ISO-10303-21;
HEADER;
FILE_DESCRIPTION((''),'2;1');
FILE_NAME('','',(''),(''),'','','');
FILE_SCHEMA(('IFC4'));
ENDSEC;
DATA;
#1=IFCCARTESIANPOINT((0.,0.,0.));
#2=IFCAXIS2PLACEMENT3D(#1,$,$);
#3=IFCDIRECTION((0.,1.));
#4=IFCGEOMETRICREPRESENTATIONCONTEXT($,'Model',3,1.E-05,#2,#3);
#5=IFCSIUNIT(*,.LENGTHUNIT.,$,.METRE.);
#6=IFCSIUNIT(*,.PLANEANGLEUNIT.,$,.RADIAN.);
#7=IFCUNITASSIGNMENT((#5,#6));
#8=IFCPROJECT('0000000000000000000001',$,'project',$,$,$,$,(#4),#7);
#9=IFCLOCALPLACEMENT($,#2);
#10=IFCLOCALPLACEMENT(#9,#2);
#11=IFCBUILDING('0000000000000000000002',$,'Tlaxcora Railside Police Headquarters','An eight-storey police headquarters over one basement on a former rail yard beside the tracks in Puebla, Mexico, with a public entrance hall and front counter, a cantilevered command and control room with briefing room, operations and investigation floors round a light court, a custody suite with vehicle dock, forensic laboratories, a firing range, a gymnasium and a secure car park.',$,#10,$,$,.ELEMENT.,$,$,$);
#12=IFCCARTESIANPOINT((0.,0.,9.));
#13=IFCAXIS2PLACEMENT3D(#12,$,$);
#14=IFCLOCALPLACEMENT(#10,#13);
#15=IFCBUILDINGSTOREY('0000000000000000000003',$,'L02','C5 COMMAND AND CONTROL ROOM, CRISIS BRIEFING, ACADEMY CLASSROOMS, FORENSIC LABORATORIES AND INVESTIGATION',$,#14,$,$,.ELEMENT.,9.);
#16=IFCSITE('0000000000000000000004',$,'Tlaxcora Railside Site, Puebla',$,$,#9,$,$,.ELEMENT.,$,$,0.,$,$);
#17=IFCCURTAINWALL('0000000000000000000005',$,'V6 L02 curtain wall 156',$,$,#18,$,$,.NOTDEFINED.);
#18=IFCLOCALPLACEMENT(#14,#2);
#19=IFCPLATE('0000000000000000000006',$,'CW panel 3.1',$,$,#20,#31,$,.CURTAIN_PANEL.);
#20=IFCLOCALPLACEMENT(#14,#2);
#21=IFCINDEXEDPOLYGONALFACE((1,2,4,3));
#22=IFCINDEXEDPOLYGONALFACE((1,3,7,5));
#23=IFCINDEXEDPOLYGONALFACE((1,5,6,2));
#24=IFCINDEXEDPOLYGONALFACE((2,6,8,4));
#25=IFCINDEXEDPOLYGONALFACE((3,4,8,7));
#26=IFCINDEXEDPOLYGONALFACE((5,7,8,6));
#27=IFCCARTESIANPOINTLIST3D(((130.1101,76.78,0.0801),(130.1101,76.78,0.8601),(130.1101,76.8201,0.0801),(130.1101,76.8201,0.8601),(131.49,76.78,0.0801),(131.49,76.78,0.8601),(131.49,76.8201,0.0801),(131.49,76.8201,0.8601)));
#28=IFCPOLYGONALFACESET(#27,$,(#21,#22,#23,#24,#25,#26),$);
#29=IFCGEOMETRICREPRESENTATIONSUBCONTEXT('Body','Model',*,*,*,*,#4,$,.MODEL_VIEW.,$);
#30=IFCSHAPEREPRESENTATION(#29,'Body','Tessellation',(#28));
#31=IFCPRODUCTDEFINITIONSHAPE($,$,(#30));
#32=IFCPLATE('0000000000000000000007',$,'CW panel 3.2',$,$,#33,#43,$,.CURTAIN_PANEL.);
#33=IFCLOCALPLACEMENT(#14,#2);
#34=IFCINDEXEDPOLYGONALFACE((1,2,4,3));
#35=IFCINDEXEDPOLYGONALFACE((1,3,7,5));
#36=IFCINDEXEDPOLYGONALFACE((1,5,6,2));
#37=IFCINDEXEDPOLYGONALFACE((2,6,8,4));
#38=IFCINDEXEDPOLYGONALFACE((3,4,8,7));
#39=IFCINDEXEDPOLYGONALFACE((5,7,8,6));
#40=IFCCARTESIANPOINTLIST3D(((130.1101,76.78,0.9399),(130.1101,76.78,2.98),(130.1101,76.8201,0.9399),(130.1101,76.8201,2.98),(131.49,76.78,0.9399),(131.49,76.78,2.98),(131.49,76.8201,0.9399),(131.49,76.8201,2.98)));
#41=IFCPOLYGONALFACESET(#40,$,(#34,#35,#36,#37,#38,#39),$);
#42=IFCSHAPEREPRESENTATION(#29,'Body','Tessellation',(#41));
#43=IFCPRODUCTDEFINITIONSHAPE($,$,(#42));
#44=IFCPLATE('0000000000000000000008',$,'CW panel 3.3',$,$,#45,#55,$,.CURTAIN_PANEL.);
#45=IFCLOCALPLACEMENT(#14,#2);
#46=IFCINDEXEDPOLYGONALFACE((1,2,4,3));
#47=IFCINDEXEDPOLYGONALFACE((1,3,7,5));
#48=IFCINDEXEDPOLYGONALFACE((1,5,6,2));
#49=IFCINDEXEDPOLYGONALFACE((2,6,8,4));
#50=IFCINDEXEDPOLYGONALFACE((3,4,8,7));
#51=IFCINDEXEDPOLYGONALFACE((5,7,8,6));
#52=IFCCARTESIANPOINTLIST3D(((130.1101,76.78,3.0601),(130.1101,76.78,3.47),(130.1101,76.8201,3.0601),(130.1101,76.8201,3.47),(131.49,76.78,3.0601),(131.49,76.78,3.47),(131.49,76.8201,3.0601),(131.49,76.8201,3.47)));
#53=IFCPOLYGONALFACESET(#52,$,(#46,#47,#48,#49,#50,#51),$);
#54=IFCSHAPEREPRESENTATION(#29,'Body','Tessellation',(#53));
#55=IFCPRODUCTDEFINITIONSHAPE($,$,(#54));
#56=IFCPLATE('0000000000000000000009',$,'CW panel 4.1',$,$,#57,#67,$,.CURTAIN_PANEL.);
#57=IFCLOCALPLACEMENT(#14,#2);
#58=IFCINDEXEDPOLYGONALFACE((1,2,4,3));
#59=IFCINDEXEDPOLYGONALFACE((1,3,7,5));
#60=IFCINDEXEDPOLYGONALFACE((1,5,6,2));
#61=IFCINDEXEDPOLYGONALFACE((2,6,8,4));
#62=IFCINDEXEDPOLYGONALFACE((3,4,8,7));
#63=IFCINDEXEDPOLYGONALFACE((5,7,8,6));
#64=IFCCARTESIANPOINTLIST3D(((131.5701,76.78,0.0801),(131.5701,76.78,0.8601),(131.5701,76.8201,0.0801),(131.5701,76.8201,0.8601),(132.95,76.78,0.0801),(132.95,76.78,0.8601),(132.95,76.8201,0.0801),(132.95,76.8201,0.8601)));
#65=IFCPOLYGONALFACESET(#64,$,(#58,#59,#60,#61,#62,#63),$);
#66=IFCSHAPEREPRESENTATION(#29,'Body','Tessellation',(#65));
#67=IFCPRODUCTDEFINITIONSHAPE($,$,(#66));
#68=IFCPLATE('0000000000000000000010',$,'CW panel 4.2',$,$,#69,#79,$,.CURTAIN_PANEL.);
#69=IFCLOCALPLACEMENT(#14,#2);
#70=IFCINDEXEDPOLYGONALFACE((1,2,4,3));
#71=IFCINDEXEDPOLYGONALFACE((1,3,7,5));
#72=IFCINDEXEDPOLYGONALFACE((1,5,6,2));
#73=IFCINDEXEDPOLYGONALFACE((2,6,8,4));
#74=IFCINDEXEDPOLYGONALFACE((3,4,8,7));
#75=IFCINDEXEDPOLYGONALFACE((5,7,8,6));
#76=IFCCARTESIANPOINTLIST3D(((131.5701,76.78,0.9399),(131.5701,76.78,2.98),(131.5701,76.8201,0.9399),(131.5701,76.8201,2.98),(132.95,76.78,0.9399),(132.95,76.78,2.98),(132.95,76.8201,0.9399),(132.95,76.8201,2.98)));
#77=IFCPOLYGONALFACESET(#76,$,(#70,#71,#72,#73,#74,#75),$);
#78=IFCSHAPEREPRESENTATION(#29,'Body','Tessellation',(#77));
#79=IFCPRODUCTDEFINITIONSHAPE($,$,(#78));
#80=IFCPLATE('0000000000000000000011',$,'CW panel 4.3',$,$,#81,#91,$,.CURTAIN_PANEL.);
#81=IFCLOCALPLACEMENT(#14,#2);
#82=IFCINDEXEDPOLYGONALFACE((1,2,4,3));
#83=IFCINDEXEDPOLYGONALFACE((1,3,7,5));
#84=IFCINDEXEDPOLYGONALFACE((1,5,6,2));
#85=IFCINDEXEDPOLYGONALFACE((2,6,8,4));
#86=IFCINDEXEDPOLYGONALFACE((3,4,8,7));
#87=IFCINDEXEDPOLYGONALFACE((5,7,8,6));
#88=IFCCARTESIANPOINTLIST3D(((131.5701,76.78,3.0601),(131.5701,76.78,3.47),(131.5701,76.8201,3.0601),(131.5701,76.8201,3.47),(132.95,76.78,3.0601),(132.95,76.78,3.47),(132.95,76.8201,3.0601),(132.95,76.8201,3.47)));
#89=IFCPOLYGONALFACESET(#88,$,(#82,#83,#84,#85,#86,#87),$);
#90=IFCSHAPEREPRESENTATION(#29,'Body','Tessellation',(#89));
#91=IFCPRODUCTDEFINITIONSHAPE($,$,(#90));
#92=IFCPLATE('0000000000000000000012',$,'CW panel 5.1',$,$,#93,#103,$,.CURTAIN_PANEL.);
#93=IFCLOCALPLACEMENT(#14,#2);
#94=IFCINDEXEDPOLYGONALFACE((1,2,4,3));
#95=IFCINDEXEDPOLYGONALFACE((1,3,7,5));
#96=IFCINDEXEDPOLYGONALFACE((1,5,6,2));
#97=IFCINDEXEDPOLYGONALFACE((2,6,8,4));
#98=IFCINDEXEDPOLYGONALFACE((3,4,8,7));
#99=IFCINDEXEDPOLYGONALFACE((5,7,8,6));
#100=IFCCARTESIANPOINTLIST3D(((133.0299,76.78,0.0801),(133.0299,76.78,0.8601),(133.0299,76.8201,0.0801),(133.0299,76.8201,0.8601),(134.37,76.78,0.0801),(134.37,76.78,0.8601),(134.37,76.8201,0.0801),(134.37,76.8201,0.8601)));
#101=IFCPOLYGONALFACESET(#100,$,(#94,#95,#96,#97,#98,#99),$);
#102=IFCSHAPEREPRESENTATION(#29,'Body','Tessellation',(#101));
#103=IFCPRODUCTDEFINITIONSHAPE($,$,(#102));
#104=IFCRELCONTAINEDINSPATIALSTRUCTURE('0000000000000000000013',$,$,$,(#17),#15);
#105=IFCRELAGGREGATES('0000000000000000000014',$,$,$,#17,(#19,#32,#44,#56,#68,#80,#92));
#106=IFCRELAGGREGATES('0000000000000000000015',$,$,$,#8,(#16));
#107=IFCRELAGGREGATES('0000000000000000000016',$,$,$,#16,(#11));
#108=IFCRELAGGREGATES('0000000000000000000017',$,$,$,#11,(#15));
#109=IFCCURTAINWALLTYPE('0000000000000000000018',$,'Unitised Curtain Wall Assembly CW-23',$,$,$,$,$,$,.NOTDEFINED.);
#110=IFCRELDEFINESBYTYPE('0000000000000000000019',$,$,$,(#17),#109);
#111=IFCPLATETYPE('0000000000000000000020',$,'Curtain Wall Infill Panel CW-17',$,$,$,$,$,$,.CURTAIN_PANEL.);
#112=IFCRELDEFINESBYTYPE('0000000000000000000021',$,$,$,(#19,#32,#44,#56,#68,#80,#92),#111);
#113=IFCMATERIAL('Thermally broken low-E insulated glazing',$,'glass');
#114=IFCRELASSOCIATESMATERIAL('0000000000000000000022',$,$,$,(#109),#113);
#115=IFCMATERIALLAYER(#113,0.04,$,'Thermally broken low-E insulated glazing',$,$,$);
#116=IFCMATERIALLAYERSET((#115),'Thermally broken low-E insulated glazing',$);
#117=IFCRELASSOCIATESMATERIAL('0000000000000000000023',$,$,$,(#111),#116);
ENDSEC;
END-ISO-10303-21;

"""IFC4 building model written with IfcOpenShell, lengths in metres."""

from ifc_helpers import new_model, si_unit, direction, frame, origin, origin_2d, place, context, subcontext, project, spatial, rectangle, extrude, material, layer, layer_set, type_object, element, aggregate, save


model = new_model("IFC4")

# Units and contexts
model_context = context("Model", 3, precision=1e-05, world=origin(), true_north=direction((0.0, 1.0)))
body_context = subcontext(model_context, "Body", "Model", "MODEL_VIEW")
ifc_project = project(units=[si_unit("LENGTHUNIT", "METRE"), si_unit("PLANEANGLEUNIT", "RADIAN")], contexts=[model_context])

# Site, building, storey
site_placement = place(None, origin())
site = spatial("IfcSite", under=ifc_project, at=site_placement, Name="Tlaxcora Railside Site, Puebla", CompositionType="ELEMENT", RefElevation=0.0)
building_placement = place(site_placement, origin())
building = spatial("IfcBuilding", under=site, at=building_placement, Name="Tlaxcora Railside Police Headquarters", Description="An eight-storey police headquarters over one basement on a former rail yard beside the tracks in Puebla, Mexico, with a public entrance hall and front counter, a cantilevered command and control room with briefing room, operations and investigation floors round a light court, a custody suite with vehicle dock, forensic laboratories, a firing range, a gymnasium and a secure car park.", CompositionType="ELEMENT")
storey_placement = place(building_placement, frame((0.0, 0.0, 9.0)))
storey = spatial("IfcBuildingStorey", under=building, at=storey_placement, Name="L02", Description="C5 COMMAND AND CONTROL ROOM, CRISIS BRIEFING, ACADEMY CLASSROOMS, FORENSIC LABORATORIES AND INVESTIGATION", CompositionType="ELEMENT", Elevation=9.0)

# Curtain wall, plates
ifc_material_1 = material(Name="Thermally broken low-E insulated glazing", Category="glass")
curtain_wall_type = type_object("IfcCurtainWallType", Name="Unitised Curtain Wall Assembly CW-23", PredefinedType="NOTDEFINED", material=ifc_material_1)
curtain_wall_placement = place(storey_placement, origin())
curtain_wall = element("IfcCurtainWall", 1, at=curtain_wall_placement, inside=storey, type_object=curtain_wall_type, Name="V6 L02 curtain wall 156", PredefinedType="NOTDEFINED")
ifc_layer = layer(ifc_material_1, 0.04, Name="Thermally broken low-E insulated glazing")
ifc_layer_set = layer_set([ifc_layer], Name="Thermally broken low-E insulated glazing")
plate_type = type_object("IfcPlateType", Name="Curtain Wall Infill Panel CW-17", PredefinedType="CURTAIN_PANEL", material=ifc_layer_set)
plate_1_placement = place(storey_placement, frame((130.8, 76.8, 0.0801), z_axis=(0.0, 0.0, 1.0), x_axis=(1.0, 0.0, 0.0)))
plate_1 = element("IfcPlate", 2, at=plate_1_placement, type_object=plate_type, Name="CW panel 3.1", PredefinedType="CURTAIN_PANEL", context=body_context, shape_type="SweptSolid", body=[
    extrude(rectangle(XDim=1.3799, YDim=0.04, at=origin_2d()), origin(), (0.0, 0.0, 1.0), 0.78),
])
plate_2_placement = place(storey_placement, frame((130.8, 76.8, 0.9399), z_axis=(0.0, 0.0, 1.0), x_axis=(1.0, 0.0, 0.0)))
plate_2 = element("IfcPlate", 3, at=plate_2_placement, type_object=plate_type, Name="CW panel 3.2", PredefinedType="CURTAIN_PANEL", context=body_context, shape_type="SweptSolid", body=[
    extrude(rectangle(XDim=1.3799, YDim=0.04, at=origin_2d()), origin(), (0.0, 0.0, 1.0), 2.04),
])
plate_3_placement = place(storey_placement, frame((130.8, 76.8, 3.0601), z_axis=(0.0, 0.0, 1.0), x_axis=(1.0, 0.0, 0.0)))
plate_3 = element("IfcPlate", 4, at=plate_3_placement, type_object=plate_type, Name="CW panel 3.3", PredefinedType="CURTAIN_PANEL", context=body_context, shape_type="SweptSolid", body=[
    extrude(rectangle(XDim=1.3799, YDim=0.04, at=origin_2d()), origin(), (0.0, 0.0, 1.0), 0.4099),
])
plate_4_placement = place(storey_placement, frame((132.26, 76.8, 0.0801), z_axis=(0.0, 0.0, 1.0), x_axis=(1.0, 0.0, 0.0)))
plate_4 = element("IfcPlate", 5, at=plate_4_placement, type_object=plate_type, Name="CW panel 4.1", PredefinedType="CURTAIN_PANEL", context=body_context, shape_type="SweptSolid", body=[
    extrude(rectangle(XDim=1.3799, YDim=0.04, at=origin_2d()), origin(), (0.0, 0.0, 1.0), 0.78),
])
plate_5_placement = place(storey_placement, frame((132.26, 76.8, 0.9399), z_axis=(0.0, 0.0, 1.0), x_axis=(1.0, 0.0, 0.0)))
plate_5 = element("IfcPlate", 6, at=plate_5_placement, type_object=plate_type, Name="CW panel 4.2", PredefinedType="CURTAIN_PANEL", context=body_context, shape_type="SweptSolid", body=[
    extrude(rectangle(XDim=1.3799, YDim=0.04, at=origin_2d()), origin(), (0.0, 0.0, 1.0), 2.04),
])
plate_6_placement = place(storey_placement, frame((132.26, 76.8, 3.0601), z_axis=(0.0, 0.0, 1.0), x_axis=(1.0, 0.0, 0.0)))
plate_6 = element("IfcPlate", 7, at=plate_6_placement, type_object=plate_type, Name="CW panel 4.3", PredefinedType="CURTAIN_PANEL", context=body_context, shape_type="SweptSolid", body=[
    extrude(rectangle(XDim=1.3799, YDim=0.04, at=origin_2d()), origin(), (0.0, 0.0, 1.0), 0.4099),
])
plate_7_placement = place(storey_placement, frame((133.7, 76.8, 0.0801), z_axis=(0.0, 0.0, 1.0), x_axis=(1.0, 0.0, 0.0)))
plate_7 = element("IfcPlate", 8, at=plate_7_placement, type_object=plate_type, Name="CW panel 5.1", PredefinedType="CURTAIN_PANEL", context=body_context, shape_type="SweptSolid", body=[
    extrude(rectangle(XDim=1.3401, YDim=0.04, at=origin_2d()), origin(), (0.0, 0.0, 1.0), 0.78),
])
aggregate(curtain_wall, [plate_1, plate_2, plate_3, plate_4, plate_5, plate_6, plate_7])

save(model, "model.ifc")
